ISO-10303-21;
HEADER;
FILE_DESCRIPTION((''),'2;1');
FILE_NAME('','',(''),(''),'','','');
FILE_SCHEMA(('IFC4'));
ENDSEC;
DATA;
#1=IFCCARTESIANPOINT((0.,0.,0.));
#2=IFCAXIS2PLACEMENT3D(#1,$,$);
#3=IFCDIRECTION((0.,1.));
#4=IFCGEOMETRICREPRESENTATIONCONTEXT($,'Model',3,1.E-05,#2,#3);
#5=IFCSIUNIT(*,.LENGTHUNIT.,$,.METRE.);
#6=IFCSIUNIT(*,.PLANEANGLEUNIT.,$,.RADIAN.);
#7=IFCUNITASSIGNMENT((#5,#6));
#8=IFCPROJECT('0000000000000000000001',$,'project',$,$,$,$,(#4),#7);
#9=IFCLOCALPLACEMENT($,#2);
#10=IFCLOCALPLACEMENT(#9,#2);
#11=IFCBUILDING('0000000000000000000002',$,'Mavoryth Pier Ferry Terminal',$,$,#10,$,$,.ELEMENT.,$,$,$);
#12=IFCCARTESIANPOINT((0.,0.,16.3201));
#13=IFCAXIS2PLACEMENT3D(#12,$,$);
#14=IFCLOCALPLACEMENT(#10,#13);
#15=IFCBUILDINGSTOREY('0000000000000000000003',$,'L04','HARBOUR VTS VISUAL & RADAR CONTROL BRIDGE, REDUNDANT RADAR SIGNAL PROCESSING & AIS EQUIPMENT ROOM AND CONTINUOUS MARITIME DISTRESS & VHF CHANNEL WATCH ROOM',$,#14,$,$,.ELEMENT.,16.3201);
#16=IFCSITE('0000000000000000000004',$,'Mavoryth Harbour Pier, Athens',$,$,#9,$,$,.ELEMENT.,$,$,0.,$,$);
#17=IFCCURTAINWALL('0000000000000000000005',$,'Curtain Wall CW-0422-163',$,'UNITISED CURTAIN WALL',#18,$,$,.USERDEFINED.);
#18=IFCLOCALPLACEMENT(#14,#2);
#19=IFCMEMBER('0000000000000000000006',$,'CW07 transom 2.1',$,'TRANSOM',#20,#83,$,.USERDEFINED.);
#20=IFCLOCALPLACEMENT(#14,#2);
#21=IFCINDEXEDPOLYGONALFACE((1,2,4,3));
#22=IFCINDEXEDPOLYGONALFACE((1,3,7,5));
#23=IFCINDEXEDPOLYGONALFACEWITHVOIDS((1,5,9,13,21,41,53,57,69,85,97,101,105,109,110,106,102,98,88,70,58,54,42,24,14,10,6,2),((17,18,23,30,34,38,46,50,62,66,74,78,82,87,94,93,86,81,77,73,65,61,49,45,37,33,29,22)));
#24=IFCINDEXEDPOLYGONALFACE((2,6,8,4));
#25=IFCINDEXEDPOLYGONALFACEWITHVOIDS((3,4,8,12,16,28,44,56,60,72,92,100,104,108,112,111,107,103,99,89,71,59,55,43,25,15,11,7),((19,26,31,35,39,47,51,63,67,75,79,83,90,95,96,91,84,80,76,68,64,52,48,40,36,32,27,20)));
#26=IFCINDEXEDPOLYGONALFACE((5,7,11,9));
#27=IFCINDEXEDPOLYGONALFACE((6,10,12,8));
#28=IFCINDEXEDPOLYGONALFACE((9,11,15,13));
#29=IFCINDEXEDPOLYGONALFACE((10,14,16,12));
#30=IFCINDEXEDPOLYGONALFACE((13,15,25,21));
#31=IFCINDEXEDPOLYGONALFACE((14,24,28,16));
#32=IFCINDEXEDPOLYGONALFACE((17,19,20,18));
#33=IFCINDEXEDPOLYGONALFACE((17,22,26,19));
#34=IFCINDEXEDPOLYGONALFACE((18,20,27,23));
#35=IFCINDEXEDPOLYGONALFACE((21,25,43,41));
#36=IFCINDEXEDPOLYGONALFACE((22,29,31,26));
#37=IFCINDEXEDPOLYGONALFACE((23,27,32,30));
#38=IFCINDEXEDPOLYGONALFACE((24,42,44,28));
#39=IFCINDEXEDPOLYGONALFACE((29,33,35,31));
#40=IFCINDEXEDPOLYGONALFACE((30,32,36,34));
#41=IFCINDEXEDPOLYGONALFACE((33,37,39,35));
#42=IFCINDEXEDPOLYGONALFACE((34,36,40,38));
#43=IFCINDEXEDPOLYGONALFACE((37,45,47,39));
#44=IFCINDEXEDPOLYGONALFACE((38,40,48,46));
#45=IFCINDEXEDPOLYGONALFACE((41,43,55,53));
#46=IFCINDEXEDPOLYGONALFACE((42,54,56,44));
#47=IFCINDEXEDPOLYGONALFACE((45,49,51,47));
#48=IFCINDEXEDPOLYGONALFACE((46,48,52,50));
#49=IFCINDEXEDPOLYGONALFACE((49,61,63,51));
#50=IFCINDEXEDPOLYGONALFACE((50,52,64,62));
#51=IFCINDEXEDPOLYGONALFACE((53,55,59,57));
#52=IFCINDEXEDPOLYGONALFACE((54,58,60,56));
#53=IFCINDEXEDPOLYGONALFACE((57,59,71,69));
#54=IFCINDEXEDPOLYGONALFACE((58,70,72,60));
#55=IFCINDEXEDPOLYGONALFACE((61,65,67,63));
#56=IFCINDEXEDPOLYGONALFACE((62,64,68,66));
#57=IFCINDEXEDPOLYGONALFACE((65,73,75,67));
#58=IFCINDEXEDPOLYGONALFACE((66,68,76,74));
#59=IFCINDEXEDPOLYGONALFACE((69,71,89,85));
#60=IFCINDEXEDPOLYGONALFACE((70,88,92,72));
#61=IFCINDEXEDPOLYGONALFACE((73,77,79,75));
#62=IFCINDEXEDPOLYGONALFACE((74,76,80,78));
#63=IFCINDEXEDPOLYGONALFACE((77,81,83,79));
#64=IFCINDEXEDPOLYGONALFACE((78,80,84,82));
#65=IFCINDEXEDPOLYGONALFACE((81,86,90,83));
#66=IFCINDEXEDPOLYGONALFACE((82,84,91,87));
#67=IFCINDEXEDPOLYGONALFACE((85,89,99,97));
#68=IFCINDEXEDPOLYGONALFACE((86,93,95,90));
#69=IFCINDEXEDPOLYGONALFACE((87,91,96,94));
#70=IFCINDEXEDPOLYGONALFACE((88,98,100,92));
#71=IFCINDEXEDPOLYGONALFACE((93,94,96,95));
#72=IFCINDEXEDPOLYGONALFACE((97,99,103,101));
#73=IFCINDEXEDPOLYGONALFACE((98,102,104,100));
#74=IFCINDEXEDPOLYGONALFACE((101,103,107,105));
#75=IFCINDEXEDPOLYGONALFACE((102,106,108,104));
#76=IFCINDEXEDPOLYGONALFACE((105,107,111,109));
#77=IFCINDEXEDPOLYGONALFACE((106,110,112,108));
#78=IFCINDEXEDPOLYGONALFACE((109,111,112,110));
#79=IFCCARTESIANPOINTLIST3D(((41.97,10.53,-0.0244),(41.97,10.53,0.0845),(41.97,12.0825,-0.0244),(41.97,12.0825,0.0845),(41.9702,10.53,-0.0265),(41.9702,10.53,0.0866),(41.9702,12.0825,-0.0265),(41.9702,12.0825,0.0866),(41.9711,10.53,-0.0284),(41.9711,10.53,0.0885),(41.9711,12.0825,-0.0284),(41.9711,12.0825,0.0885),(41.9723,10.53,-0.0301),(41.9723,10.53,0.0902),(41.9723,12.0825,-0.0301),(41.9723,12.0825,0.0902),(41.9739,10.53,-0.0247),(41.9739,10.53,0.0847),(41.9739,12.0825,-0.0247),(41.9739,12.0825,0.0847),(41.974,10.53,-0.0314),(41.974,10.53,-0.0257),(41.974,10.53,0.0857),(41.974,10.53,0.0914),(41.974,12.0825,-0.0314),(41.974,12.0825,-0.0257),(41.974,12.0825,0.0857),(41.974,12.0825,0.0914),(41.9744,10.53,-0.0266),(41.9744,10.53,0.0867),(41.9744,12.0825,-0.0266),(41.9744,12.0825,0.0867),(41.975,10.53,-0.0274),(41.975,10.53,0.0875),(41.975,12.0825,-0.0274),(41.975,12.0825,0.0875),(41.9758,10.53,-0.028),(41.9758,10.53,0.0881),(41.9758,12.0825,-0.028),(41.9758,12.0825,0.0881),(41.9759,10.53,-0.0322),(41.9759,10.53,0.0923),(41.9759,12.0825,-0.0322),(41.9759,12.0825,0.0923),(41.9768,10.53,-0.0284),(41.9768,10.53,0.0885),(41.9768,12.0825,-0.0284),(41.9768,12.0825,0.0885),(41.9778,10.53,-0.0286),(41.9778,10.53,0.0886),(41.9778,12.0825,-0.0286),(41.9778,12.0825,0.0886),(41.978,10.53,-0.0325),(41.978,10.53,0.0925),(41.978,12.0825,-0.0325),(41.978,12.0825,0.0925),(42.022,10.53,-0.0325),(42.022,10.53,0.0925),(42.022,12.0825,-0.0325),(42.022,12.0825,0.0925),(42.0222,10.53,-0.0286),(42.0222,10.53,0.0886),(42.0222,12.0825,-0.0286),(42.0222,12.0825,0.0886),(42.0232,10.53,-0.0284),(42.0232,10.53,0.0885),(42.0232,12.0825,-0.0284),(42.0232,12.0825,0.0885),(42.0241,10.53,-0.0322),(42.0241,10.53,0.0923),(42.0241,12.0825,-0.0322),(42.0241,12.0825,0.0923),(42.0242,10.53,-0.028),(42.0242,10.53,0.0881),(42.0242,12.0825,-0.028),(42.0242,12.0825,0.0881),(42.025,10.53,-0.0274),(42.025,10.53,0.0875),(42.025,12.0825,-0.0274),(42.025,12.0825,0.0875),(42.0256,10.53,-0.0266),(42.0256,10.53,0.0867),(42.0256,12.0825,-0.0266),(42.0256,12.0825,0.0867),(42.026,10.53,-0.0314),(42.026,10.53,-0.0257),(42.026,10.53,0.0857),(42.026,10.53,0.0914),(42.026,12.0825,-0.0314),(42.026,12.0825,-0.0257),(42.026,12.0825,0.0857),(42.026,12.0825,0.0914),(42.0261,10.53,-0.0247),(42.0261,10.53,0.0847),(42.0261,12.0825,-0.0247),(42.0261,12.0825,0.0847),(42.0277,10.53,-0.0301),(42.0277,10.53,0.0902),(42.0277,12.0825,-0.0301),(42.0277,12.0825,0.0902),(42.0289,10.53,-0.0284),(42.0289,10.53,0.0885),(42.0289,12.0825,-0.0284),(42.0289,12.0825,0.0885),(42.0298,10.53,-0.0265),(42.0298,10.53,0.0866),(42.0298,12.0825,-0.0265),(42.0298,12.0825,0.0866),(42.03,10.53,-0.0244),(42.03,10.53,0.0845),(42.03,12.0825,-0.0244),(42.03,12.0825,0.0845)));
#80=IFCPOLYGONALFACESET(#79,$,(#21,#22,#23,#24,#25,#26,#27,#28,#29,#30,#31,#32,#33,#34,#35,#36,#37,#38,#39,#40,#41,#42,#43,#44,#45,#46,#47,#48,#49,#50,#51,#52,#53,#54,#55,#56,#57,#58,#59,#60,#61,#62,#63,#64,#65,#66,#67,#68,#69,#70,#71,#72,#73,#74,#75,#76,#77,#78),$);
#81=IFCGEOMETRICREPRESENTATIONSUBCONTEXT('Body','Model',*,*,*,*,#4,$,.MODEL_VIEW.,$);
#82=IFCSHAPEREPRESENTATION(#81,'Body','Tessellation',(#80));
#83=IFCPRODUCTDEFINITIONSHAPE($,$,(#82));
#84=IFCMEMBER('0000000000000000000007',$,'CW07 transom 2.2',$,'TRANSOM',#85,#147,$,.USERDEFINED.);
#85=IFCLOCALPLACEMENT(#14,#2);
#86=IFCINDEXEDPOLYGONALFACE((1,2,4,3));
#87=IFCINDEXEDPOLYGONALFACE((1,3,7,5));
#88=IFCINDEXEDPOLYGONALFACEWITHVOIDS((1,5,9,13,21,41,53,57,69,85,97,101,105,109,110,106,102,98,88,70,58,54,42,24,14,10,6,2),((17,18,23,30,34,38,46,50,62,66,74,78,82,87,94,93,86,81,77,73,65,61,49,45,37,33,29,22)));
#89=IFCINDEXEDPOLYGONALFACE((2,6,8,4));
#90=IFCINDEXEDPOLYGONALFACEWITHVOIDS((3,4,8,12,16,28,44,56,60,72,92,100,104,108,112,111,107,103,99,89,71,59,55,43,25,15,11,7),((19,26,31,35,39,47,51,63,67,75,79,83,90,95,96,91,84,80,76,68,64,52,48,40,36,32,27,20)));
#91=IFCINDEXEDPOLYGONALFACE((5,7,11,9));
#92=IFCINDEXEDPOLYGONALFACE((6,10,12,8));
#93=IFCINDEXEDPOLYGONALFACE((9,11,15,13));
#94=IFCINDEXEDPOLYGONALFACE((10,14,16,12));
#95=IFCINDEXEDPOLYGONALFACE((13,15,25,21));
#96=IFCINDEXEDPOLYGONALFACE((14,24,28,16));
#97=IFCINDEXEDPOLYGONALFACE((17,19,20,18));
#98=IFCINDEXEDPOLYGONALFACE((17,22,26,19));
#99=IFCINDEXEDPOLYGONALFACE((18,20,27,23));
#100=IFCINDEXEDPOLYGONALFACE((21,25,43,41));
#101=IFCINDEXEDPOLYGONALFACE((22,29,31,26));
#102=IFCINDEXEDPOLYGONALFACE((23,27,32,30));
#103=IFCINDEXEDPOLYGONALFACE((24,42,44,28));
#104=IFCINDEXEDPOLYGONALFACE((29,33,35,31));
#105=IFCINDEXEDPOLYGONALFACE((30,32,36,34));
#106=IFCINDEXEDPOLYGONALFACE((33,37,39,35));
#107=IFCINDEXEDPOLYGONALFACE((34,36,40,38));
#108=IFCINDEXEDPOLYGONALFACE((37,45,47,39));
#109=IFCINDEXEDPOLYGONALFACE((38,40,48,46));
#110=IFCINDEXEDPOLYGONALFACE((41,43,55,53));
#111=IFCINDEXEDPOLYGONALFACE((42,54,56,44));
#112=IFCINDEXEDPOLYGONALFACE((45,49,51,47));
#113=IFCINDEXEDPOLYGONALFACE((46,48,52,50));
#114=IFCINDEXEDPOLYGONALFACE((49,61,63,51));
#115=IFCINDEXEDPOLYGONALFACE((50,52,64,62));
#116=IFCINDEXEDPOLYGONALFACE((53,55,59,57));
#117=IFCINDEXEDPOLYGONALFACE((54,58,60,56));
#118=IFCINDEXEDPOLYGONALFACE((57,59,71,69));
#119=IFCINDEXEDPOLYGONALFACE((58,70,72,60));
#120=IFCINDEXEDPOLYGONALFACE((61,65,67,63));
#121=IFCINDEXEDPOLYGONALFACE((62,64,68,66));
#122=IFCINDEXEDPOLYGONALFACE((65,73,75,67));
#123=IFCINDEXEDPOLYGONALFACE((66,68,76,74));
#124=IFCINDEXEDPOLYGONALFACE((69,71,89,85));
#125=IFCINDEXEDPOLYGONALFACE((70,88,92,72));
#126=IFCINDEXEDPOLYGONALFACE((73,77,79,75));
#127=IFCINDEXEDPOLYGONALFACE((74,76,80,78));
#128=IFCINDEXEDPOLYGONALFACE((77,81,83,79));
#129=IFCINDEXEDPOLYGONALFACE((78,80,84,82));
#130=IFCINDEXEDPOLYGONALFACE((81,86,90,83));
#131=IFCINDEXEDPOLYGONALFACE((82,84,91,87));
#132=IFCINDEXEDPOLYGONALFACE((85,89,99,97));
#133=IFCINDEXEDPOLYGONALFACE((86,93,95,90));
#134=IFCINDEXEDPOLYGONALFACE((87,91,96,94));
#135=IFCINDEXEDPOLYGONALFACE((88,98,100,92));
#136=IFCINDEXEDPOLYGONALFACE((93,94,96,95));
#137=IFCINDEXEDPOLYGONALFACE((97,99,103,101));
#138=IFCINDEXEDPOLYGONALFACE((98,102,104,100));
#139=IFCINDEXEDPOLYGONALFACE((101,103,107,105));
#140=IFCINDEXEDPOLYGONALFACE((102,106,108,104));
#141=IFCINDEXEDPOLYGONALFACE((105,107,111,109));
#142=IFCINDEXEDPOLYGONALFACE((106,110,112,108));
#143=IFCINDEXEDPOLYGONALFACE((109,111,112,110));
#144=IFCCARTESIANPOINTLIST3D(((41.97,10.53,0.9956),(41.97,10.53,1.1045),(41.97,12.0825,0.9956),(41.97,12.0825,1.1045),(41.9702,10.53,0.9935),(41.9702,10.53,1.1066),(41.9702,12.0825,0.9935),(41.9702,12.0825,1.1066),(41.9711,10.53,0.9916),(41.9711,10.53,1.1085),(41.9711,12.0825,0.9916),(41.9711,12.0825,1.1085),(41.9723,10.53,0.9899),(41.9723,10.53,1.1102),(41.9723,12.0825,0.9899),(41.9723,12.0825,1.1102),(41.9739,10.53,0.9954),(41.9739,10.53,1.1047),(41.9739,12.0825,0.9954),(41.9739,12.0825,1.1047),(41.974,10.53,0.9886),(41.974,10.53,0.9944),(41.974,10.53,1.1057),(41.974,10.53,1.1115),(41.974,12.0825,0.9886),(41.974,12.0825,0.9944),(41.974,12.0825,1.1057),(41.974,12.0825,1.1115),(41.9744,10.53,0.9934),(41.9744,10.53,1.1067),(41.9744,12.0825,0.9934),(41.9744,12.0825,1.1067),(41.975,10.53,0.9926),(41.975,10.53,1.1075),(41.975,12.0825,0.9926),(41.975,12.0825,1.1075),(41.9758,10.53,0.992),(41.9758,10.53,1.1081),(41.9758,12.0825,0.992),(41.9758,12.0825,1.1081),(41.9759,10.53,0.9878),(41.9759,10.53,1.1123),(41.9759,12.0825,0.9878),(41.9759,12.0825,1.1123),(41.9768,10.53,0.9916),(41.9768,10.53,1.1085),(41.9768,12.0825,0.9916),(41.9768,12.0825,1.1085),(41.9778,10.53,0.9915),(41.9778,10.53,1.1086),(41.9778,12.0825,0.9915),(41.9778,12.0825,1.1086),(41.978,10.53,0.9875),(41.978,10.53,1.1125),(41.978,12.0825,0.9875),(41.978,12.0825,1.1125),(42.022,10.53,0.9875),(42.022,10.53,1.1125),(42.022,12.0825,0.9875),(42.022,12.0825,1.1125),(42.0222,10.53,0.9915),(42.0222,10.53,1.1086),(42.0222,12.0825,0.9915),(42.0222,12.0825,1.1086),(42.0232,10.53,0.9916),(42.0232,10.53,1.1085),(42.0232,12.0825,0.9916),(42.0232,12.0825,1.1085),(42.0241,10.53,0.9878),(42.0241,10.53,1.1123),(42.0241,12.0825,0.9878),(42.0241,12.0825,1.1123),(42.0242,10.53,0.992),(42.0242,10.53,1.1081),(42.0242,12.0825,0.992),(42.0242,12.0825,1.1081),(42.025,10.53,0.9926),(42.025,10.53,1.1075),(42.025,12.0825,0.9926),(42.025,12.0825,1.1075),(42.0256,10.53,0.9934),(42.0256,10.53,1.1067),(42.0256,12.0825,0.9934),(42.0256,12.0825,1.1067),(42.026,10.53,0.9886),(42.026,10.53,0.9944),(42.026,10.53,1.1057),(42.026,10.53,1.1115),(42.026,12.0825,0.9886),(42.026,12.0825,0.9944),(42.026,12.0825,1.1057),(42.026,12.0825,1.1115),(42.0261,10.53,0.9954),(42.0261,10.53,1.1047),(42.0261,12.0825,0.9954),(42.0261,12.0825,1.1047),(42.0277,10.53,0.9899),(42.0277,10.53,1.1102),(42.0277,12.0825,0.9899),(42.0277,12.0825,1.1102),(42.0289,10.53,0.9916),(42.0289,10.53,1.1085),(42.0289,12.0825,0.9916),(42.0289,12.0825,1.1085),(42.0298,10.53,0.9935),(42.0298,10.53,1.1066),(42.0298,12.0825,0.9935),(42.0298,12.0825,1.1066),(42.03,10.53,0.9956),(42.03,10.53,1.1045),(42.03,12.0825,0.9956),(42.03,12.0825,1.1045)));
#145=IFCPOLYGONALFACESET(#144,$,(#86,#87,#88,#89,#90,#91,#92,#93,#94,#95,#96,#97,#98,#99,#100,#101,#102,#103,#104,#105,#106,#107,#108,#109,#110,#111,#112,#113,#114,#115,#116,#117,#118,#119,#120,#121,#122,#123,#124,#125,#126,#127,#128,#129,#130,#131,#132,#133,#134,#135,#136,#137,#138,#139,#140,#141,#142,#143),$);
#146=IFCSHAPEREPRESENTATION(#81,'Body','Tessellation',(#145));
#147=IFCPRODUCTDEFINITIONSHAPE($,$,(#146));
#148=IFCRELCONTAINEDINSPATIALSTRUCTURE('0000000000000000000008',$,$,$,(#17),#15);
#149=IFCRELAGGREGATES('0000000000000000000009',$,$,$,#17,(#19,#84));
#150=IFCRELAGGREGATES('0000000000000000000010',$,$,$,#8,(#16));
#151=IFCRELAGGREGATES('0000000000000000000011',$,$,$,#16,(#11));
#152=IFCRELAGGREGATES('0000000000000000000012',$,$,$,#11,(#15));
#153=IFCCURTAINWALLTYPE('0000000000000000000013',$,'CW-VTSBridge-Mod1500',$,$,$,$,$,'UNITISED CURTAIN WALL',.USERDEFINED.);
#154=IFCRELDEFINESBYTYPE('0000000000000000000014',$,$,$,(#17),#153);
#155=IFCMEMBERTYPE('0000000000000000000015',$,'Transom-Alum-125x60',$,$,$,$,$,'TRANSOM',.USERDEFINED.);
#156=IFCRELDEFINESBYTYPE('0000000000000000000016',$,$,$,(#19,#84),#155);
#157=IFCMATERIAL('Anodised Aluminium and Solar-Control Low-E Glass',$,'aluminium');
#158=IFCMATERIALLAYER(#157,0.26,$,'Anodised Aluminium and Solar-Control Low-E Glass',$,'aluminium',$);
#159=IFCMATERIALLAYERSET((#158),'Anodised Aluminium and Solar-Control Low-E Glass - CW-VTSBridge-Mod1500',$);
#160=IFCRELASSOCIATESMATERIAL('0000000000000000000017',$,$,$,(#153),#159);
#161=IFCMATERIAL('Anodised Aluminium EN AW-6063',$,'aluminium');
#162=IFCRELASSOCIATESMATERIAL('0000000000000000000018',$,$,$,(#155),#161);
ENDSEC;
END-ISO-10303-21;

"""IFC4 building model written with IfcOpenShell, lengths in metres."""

from ifc_helpers import new_model, si_unit, direction, frame, origin, origin_2d, place, context, subcontext, project, spatial, hollow_rectangle, extrude, material, layer, layer_set, material_profile, profile_set, type_object, element, aggregate, save


model = new_model("IFC4")

# Units and contexts
model_context = context("Model", 3, precision=1e-05, world=origin(), true_north=direction((0.0, 1.0)))
body_context = subcontext(model_context, "Body", "Model", "MODEL_VIEW")
ifc_project = project(units=[si_unit("LENGTHUNIT", "METRE"), si_unit("PLANEANGLEUNIT", "RADIAN")], contexts=[model_context])

# Site, building, storey
site_placement = place(None, origin())
site = spatial("IfcSite", under=ifc_project, at=site_placement, Name="Mavoryth Harbour Pier, Athens", CompositionType="ELEMENT", RefElevation=0.0)
building_placement = place(site_placement, origin())
building = spatial("IfcBuilding", under=site, at=building_placement, Name="Mavoryth Pier Ferry Terminal", CompositionType="ELEMENT")
storey_placement = place(building_placement, frame((0.0, 0.0, 16.3201)))
storey = spatial("IfcBuildingStorey", under=building, at=storey_placement, Name="L04", Description="HARBOUR VTS VISUAL & RADAR CONTROL BRIDGE, REDUNDANT RADAR SIGNAL PROCESSING & AIS EQUIPMENT ROOM AND CONTINUOUS MARITIME DISTRESS & VHF CHANNEL WATCH ROOM", CompositionType="ELEMENT", Elevation=16.3201)

# Shared definitions
ifc_material_1 = material(Name="Anodised Aluminium and Solar-Control Low-E Glass", Category="aluminium")
ifc_layer_1 = layer(ifc_material_1, 0.26, Name="Anodised Aluminium and Solar-Control Low-E Glass", Category="aluminium")
ifc_layer_set_1 = layer_set([ifc_layer_1], Name="Anodised Aluminium and Solar-Control Low-E Glass - CW-VTSBridge-Mod1500")
curtain_wall_type = type_object("IfcCurtainWallType", Name="CW-VTSBridge-Mod1500", ElementType="UNITISED CURTAIN WALL", PredefinedType="USERDEFINED", material=ifc_layer_set_1)
ifc_material_2 = material(Name="Anodised Aluminium EN AW-6063", Category="aluminium")

# Curtain wall, members
curtain_wall_1_placement = place(storey_placement, origin())
curtain_wall_1 = element("IfcCurtainWall", 1, at=curtain_wall_1_placement, inside=storey, type_object=curtain_wall_type, Name="Curtain Wall CW-0422-163", ObjectType="UNITISED CURTAIN WALL", PredefinedType="USERDEFINED")
ifc_material_profile_1 = material_profile(ifc_material_2, hollow_rectangle(XDim=0.0601, YDim=0.125, WallThickness=0.0039, InnerFilletRadius=0.0039, OuterFilletRadius=0.0081, at=origin_2d()), Name="AL-TRAN 125x60x4", Category="aluminium")
ifc_profile_set_1 = profile_set([ifc_material_profile_1], Name="Anodised Aluminium EN AW-6063 - AL-TRAN 125x60x4")
member_type_1 = type_object("IfcMemberType", Name="Transom-Alum-125x60", ElementType="TRANSOM", PredefinedType="USERDEFINED", material=ifc_profile_set_1)
member_1_placement = place(storey_placement, frame((42.0, 12.0825, 0.03), z_axis=(0.0, -1.0, 0.0), x_axis=(1.0, 0.0, 0.0)))
member_1 = element("IfcMember", 2, at=member_1_placement, type_object=member_type_1, Name="CW07 transom 2.1", ObjectType="TRANSOM", PredefinedType="USERDEFINED", context=body_context, shape_type="SweptSolid", body=[
    extrude(hollow_rectangle(XDim=0.0601, YDim=0.125, WallThickness=0.0039, InnerFilletRadius=0.0039, OuterFilletRadius=0.0081, at=origin_2d()), origin(), (0.0, 0.0, 1.0), 1.5525),
])
member_2_placement = place(storey_placement, frame((42.0, 12.0825, 1.05), z_axis=(0.0, -1.0, 0.0), x_axis=(1.0, 0.0, 0.0)))
member_2 = element("IfcMember", 3, at=member_2_placement, type_object=member_type_1, Name="CW07 transom 2.2", ObjectType="TRANSOM", PredefinedType="USERDEFINED", context=body_context, shape_type="SweptSolid", body=[
    extrude(hollow_rectangle(XDim=0.0601, YDim=0.125, WallThickness=0.0039, InnerFilletRadius=0.0039, OuterFilletRadius=0.0081, at=origin_2d()), origin(), (0.0, 0.0, 1.0), 1.5525),
])
aggregate(curtain_wall_1, [member_1, member_2])

save(model, "model.ifc")
